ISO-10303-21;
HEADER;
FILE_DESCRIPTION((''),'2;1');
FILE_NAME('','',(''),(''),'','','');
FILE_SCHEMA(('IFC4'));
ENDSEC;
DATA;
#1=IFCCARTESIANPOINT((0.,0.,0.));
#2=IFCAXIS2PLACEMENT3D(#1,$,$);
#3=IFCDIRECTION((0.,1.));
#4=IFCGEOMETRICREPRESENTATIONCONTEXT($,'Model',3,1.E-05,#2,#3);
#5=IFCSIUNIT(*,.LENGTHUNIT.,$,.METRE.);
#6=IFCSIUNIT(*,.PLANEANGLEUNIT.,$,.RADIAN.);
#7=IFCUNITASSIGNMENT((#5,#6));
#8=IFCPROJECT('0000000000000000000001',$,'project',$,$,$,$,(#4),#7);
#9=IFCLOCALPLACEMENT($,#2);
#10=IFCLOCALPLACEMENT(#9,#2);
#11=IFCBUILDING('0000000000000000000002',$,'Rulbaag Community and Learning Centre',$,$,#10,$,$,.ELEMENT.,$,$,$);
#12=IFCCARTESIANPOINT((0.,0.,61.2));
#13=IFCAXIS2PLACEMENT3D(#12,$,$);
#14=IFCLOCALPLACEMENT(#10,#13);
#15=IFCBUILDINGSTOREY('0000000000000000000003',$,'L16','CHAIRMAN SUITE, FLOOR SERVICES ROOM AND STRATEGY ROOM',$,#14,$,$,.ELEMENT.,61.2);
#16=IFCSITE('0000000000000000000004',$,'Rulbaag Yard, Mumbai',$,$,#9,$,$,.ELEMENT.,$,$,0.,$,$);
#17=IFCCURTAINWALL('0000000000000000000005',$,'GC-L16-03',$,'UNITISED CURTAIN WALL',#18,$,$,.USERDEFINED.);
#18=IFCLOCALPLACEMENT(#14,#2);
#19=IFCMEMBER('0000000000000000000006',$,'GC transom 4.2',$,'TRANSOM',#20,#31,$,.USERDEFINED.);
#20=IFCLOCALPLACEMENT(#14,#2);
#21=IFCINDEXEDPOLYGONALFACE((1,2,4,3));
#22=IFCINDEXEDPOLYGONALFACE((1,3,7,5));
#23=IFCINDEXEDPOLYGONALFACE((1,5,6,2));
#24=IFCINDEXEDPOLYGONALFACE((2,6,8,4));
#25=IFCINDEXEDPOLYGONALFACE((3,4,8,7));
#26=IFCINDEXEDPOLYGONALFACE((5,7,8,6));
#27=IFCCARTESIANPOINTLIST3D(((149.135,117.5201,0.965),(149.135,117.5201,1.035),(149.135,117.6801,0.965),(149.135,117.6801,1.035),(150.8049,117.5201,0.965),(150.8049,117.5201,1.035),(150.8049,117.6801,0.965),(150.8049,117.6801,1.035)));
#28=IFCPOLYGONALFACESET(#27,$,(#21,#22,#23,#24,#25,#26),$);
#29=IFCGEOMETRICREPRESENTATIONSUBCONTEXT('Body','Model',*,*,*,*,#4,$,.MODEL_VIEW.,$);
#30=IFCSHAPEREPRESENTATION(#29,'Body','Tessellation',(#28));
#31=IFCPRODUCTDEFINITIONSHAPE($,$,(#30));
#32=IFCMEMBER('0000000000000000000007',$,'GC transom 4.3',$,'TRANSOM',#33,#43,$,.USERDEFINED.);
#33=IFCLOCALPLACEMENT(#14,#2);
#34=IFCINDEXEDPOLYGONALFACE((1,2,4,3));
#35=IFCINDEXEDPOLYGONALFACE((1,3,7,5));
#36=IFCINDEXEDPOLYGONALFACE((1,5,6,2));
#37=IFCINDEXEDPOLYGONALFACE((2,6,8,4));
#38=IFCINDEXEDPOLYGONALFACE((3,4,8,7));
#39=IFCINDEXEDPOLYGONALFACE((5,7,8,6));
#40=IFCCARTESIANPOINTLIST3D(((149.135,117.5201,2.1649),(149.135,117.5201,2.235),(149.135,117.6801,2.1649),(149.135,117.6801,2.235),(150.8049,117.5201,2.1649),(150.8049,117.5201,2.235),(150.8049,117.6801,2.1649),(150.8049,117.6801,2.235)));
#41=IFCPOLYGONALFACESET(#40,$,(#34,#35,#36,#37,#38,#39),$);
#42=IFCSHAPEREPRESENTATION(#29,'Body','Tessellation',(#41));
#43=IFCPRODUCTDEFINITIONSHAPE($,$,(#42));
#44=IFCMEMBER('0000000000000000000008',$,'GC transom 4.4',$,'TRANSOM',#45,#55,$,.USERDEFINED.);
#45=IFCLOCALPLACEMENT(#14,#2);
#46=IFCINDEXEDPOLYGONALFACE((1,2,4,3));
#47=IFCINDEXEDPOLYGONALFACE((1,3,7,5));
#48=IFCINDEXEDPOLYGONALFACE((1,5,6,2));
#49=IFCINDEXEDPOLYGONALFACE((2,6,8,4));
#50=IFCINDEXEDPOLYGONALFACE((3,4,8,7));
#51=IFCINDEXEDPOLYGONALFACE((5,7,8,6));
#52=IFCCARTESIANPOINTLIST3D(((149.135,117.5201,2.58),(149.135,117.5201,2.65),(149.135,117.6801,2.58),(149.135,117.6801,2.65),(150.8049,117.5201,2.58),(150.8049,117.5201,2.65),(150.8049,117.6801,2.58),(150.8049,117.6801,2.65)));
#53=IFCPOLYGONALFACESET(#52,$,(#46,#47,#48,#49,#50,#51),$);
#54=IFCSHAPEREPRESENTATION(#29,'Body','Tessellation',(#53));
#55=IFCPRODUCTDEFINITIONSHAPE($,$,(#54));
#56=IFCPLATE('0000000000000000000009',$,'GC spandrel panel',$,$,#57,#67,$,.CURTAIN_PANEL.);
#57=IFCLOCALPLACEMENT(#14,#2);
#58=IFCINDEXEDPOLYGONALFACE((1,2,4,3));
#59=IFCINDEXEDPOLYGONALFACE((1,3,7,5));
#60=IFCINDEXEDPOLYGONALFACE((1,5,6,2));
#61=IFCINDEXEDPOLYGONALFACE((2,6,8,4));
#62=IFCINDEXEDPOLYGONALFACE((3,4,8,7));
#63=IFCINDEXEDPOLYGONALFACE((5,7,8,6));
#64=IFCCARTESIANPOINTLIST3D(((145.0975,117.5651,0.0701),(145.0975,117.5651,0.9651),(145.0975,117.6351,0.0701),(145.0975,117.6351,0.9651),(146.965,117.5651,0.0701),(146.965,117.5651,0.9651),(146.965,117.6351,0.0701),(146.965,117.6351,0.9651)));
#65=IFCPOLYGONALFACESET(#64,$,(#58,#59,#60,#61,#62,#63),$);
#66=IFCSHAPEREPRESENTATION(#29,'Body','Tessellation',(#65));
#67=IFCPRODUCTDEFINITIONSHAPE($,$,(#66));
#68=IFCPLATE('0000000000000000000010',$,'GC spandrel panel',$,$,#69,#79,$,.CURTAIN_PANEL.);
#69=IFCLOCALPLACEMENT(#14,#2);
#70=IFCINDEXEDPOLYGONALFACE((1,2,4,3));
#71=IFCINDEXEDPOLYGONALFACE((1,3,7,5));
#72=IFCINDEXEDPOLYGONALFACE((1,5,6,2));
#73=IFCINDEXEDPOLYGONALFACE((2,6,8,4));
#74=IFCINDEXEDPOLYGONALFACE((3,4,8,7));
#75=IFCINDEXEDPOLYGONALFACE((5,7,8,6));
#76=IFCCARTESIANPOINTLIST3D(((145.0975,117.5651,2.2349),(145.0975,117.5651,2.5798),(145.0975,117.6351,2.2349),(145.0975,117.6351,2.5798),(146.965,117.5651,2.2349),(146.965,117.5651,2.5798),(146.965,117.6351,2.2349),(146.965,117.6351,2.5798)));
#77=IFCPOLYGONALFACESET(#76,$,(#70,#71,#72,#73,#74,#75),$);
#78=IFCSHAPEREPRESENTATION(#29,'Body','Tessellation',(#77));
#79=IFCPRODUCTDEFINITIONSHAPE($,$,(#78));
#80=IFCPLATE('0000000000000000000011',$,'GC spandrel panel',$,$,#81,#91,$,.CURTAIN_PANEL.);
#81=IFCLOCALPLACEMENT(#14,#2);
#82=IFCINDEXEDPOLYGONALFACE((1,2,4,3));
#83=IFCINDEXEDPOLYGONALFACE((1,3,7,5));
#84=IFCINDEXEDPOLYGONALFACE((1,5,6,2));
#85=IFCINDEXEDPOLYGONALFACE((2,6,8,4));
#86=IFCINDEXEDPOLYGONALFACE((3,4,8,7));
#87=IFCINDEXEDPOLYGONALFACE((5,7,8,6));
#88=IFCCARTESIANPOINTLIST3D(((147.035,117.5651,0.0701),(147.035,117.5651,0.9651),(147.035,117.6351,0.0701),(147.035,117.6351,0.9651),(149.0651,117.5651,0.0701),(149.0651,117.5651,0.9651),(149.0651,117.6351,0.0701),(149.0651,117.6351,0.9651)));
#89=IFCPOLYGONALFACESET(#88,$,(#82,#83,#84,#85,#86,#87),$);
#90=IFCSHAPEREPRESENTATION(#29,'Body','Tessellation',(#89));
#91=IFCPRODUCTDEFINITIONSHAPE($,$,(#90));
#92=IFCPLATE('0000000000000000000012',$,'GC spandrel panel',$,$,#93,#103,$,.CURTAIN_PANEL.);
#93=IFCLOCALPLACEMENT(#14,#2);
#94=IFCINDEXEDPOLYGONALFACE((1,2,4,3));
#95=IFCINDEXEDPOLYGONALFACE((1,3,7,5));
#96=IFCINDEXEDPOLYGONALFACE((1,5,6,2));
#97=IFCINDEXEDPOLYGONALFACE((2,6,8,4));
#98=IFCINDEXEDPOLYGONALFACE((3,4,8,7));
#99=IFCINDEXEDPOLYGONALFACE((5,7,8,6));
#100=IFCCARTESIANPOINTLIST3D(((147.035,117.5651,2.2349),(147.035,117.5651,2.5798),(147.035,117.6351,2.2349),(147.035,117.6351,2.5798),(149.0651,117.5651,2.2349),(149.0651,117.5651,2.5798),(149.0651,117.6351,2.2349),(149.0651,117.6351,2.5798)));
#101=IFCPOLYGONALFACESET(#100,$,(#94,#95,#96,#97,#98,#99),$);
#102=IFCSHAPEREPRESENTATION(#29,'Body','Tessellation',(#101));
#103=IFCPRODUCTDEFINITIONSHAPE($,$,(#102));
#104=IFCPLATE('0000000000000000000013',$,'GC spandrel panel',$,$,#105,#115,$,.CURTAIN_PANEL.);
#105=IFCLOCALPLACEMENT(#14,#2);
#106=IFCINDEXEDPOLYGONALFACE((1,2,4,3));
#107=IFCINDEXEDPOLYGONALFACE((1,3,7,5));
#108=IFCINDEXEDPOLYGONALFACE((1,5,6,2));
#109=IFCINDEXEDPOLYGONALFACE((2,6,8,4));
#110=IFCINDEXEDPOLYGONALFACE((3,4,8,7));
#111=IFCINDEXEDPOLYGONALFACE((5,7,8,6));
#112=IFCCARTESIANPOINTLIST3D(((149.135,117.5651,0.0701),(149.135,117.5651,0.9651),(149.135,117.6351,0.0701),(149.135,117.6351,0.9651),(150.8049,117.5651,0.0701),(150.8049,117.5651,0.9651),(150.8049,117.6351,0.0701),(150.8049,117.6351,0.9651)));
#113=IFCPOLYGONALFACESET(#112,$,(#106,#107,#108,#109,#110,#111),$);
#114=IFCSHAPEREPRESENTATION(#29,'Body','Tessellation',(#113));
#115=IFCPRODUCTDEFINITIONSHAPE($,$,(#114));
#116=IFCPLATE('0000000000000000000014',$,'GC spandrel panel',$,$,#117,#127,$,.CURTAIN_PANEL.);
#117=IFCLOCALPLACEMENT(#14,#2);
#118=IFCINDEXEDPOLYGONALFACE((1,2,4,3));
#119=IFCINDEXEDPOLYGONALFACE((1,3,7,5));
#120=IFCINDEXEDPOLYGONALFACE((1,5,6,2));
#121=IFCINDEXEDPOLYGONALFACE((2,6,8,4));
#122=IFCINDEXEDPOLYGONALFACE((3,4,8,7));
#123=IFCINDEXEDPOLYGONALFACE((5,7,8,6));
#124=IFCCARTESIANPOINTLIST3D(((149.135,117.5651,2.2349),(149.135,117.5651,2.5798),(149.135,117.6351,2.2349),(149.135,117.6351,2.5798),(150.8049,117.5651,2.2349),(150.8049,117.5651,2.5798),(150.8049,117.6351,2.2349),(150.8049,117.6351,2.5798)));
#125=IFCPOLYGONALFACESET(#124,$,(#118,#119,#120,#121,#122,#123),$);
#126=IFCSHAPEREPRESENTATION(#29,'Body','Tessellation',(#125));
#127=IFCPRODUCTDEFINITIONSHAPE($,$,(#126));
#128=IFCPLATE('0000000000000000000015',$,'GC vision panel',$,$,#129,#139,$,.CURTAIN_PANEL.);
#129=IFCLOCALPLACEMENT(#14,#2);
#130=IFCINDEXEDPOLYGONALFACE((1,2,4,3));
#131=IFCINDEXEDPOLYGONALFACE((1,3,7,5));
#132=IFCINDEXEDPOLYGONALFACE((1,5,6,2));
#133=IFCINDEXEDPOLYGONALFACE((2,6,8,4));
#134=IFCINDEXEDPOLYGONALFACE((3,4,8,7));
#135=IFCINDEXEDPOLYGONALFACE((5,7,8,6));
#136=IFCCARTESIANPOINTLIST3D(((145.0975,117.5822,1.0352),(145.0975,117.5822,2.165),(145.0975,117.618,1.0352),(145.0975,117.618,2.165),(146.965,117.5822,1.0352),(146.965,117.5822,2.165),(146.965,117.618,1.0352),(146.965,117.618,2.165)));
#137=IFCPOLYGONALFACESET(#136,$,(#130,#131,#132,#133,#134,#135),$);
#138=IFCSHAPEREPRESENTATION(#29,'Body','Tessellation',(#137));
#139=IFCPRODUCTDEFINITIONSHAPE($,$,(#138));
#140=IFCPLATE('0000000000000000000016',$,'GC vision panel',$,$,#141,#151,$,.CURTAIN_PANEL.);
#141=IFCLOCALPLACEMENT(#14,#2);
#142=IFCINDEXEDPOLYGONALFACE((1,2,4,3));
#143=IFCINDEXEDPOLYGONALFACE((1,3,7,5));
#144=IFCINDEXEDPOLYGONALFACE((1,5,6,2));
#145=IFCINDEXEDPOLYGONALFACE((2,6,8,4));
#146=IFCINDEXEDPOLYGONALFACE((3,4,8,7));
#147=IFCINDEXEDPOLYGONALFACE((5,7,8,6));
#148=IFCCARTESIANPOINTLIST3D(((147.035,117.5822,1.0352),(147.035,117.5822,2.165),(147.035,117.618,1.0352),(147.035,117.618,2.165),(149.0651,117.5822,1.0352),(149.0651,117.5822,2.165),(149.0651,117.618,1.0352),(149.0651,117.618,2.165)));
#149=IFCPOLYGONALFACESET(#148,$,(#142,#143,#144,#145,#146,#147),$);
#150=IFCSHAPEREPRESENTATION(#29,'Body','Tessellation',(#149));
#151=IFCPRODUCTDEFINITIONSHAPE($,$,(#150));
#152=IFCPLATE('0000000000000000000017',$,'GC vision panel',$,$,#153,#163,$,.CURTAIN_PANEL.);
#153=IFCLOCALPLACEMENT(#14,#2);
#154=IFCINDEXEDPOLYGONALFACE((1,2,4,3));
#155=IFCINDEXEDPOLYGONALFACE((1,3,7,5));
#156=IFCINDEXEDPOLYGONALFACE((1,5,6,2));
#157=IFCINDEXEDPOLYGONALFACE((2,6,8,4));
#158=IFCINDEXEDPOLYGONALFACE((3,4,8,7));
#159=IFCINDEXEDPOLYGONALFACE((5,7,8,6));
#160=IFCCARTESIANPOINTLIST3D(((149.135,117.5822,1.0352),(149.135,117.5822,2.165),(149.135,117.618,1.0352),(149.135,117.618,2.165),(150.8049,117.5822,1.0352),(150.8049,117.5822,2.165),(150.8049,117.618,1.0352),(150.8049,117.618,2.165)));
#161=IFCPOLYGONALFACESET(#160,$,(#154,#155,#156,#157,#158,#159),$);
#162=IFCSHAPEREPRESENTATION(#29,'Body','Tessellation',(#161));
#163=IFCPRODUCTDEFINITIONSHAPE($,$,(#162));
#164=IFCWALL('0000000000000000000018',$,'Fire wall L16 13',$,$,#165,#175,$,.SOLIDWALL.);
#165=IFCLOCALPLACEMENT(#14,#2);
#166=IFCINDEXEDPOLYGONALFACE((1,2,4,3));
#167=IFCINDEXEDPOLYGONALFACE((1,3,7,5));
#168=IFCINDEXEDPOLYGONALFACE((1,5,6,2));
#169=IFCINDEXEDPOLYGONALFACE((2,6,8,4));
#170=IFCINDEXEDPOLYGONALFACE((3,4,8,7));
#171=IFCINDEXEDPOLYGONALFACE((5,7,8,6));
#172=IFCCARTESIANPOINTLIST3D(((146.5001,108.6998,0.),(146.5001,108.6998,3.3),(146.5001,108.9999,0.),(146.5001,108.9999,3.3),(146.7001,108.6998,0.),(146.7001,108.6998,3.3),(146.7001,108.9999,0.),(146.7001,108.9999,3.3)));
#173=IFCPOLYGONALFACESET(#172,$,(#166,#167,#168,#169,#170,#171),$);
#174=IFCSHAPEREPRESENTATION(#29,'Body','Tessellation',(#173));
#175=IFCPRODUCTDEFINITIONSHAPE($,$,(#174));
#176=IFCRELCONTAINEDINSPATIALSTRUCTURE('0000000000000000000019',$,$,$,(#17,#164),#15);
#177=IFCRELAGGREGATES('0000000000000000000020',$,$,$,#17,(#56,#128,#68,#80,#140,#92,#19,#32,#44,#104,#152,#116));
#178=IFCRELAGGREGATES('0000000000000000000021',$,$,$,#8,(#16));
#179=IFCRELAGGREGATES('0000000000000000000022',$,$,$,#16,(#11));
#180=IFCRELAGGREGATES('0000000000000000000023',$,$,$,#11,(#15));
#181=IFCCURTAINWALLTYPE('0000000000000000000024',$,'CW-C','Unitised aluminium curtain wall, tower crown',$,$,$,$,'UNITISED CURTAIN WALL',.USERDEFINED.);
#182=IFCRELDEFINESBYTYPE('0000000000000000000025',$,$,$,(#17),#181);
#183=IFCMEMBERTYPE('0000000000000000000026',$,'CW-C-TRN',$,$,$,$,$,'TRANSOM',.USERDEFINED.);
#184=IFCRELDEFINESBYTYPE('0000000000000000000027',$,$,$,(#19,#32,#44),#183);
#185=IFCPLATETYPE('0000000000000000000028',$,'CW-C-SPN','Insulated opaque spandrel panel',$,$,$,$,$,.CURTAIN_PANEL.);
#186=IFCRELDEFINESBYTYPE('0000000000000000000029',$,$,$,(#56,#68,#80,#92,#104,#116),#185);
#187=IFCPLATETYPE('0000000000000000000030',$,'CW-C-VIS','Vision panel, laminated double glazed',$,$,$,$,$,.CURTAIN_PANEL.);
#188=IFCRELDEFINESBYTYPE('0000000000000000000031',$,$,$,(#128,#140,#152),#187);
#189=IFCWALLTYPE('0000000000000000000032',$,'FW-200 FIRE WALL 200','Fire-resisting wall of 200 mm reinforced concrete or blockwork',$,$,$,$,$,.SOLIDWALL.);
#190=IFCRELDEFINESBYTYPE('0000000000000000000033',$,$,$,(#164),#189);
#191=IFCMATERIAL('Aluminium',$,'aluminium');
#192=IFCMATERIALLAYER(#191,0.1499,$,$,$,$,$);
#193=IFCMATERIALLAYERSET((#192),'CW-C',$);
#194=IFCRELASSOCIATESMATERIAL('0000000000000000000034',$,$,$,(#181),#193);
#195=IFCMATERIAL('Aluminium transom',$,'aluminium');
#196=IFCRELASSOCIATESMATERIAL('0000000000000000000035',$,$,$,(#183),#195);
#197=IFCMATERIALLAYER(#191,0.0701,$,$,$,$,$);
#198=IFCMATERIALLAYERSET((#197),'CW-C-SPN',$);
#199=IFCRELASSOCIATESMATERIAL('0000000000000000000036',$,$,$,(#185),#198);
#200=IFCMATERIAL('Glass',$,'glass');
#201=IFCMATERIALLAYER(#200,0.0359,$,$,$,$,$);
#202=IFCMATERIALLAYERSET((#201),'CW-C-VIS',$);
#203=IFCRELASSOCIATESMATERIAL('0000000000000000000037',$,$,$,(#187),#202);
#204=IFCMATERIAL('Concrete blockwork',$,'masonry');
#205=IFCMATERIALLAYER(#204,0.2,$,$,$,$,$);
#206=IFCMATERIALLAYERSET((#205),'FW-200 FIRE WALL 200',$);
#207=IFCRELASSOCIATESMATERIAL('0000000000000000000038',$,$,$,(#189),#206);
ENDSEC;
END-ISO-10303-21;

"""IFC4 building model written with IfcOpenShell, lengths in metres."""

from ifc_helpers import new_model, si_unit, direction, frame, frame_2d, origin, origin_2d, place, context, subcontext, project, spatial, rectangle, extrude, material, layer, layer_set, material_profile, profile_set, type_object, element, aggregate, save


model = new_model("IFC4")

# Units and contexts
model_context = context("Model", 3, precision=1e-05, world=origin(), true_north=direction((0.0, 1.0)))
body_context = subcontext(model_context, "Body", "Model", "MODEL_VIEW")
ifc_project = project(units=[si_unit("LENGTHUNIT", "METRE"), si_unit("PLANEANGLEUNIT", "RADIAN")], contexts=[model_context])

# Site, building, storey
site_placement = place(None, origin())
site = spatial("IfcSite", under=ifc_project, at=site_placement, Name="Rulbaag Yard, Mumbai", CompositionType="ELEMENT", RefElevation=0.0)
building_placement = place(site_placement, origin())
building = spatial("IfcBuilding", under=site, at=building_placement, Name="Rulbaag Community and Learning Centre", CompositionType="ELEMENT")
storey_placement = place(building_placement, frame((0.0, 0.0, 61.2)))
storey = spatial("IfcBuildingStorey", under=building, at=storey_placement, Name="L16", Description="CHAIRMAN SUITE, FLOOR SERVICES ROOM AND STRATEGY ROOM", CompositionType="ELEMENT", Elevation=61.2)

# Curtain wall, members, plates
ifc_material_1 = material(Name="Aluminium", Category="aluminium")
ifc_layer_1 = layer(ifc_material_1, 0.1499)
ifc_layer_set_1 = layer_set([ifc_layer_1], Name="CW-C")
curtain_wall_type = type_object("IfcCurtainWallType", Name="CW-C", Description="Unitised aluminium curtain wall, tower crown", ElementType="UNITISED CURTAIN WALL", PredefinedType="USERDEFINED", material=ifc_layer_set_1)
curtain_wall_placement = place(storey_placement, origin())
curtain_wall = element("IfcCurtainWall", 1, at=curtain_wall_placement, inside=storey, type_object=curtain_wall_type, Name="GC-L16-03", ObjectType="UNITISED CURTAIN WALL", PredefinedType="USERDEFINED")
ifc_material_2 = material(Name="Aluminium transom", Category="aluminium")
ifc_material_profile_1 = material_profile(ifc_material_2, rectangle(XDim=0.1599, YDim=0.0701, at=origin_2d()), Name="AL 70x160 T")
ifc_profile_set_1 = profile_set([ifc_material_profile_1], Name="Aluminium transom")
member_type_1 = type_object("IfcMemberType", Name="CW-C-TRN", ElementType="TRANSOM", PredefinedType="USERDEFINED", material=ifc_profile_set_1)
member_1_placement = place(storey_placement, frame((149.135, 117.6001, 1.0), z_axis=(1.0, 0.0, 0.0), x_axis=(0.0, 1.0, 0.0)))
member_1 = element("IfcMember", 2, at=member_1_placement, type_object=member_type_1, Name="GC transom 4.2", ObjectType="TRANSOM", PredefinedType="USERDEFINED", context=body_context, shape_type="SweptSolid", body=[
    extrude(rectangle(XDim=0.1599, YDim=0.0701, at=origin_2d()), origin(), (0.0, 0.0, 1.0), 1.6699),
])
member_2_placement = place(storey_placement, frame((149.135, 117.6001, 2.2), z_axis=(1.0, 0.0, 0.0), x_axis=(0.0, 1.0, 0.0)))
member_2 = element("IfcMember", 3, at=member_2_placement, type_object=member_type_1, Name="GC transom 4.3", ObjectType="TRANSOM", PredefinedType="USERDEFINED", context=body_context, shape_type="SweptSolid", body=[
    extrude(rectangle(XDim=0.1599, YDim=0.0701, at=origin_2d()), origin(), (0.0, 0.0, 1.0), 1.6699),
])
member_3_placement = place(storey_placement, frame((149.135, 117.6001, 2.615), z_axis=(1.0, 0.0, 0.0), x_axis=(0.0, 1.0, 0.0)))
member_3 = element("IfcMember", 4, at=member_3_placement, type_object=member_type_1, Name="GC transom 4.4", ObjectType="TRANSOM", PredefinedType="USERDEFINED", context=body_context, shape_type="SweptSolid", body=[
    extrude(rectangle(XDim=0.1599, YDim=0.0701, at=origin_2d()), origin(), (0.0, 0.0, 1.0), 1.6699),
])
ifc_layer_2 = layer(ifc_material_1, 0.0701)
ifc_layer_set_2 = layer_set([ifc_layer_2], Name="CW-C-SPN")
plate_type_1 = type_object("IfcPlateType", Name="CW-C-SPN", Description="Insulated opaque spandrel panel", PredefinedType="CURTAIN_PANEL", material=ifc_layer_set_2)
plate_1_placement = place(storey_placement, frame((146.0312, 117.6001, 0.0701), z_axis=(0.0, 0.0, 1.0), x_axis=(1.0, 0.0, 0.0)))
plate_1 = element("IfcPlate", 5, at=plate_1_placement, type_object=plate_type_1, Name="GC spandrel panel", PredefinedType="CURTAIN_PANEL", context=body_context, shape_type="SweptSolid", body=[
    extrude(rectangle(XDim=1.8674, YDim=0.0701, at=origin_2d()), origin(), (0.0, 0.0, 1.0), 0.895),
])
plate_2_placement = place(storey_placement, frame((146.0312, 117.6001, 2.2349), z_axis=(0.0, 0.0, 1.0), x_axis=(1.0, 0.0, 0.0)))
plate_2 = element("IfcPlate", 6, at=plate_2_placement, type_object=plate_type_1, Name="GC spandrel panel", PredefinedType="CURTAIN_PANEL", context=body_context, shape_type="SweptSolid", body=[
    extrude(rectangle(XDim=1.8674, YDim=0.0701, at=origin_2d()), origin(), (0.0, 0.0, 1.0), 0.345),
])
plate_3_placement = place(storey_placement, frame((148.05, 117.6001, 0.0701), z_axis=(0.0, 0.0, 1.0), x_axis=(1.0, 0.0, 0.0)))
plate_3 = element("IfcPlate", 7, at=plate_3_placement, type_object=plate_type_1, Name="GC spandrel panel", PredefinedType="CURTAIN_PANEL", context=body_context, shape_type="SweptSolid", body=[
    extrude(rectangle(XDim=2.03, YDim=0.0701, at=origin_2d()), origin(), (0.0, 0.0, 1.0), 0.895),
])
plate_4_placement = place(storey_placement, frame((148.05, 117.6001, 2.2349), z_axis=(0.0, 0.0, 1.0), x_axis=(1.0, 0.0, 0.0)))
plate_4 = element("IfcPlate", 8, at=plate_4_placement, type_object=plate_type_1, Name="GC spandrel panel", PredefinedType="CURTAIN_PANEL", context=body_context, shape_type="SweptSolid", body=[
    extrude(rectangle(XDim=2.03, YDim=0.0701, at=origin_2d()), origin(), (0.0, 0.0, 1.0), 0.345),
])
plate_5_placement = place(storey_placement, frame((149.97, 117.6001, 0.0701), z_axis=(0.0, 0.0, 1.0), x_axis=(1.0, 0.0, 0.0)))
plate_5 = element("IfcPlate", 9, at=plate_5_placement, type_object=plate_type_1, Name="GC spandrel panel", PredefinedType="CURTAIN_PANEL", context=body_context, shape_type="SweptSolid", body=[
    extrude(rectangle(XDim=1.6699, YDim=0.0701, at=origin_2d()), origin(), (0.0, 0.0, 1.0), 0.895),
])
plate_6_placement = place(storey_placement, frame((149.97, 117.6001, 2.2349), z_axis=(0.0, 0.0, 1.0), x_axis=(1.0, 0.0, 0.0)))
plate_6 = element("IfcPlate", 10, at=plate_6_placement, type_object=plate_type_1, Name="GC spandrel panel", PredefinedType="CURTAIN_PANEL", context=body_context, shape_type="SweptSolid", body=[
    extrude(rectangle(XDim=1.6699, YDim=0.0701, at=origin_2d()), origin(), (0.0, 0.0, 1.0), 0.345),
])
ifc_material_3 = material(Name="Glass", Category="glass")
ifc_layer_3 = layer(ifc_material_3, 0.0359)
ifc_layer_set_3 = layer_set([ifc_layer_3], Name="CW-C-VIS")
plate_type_2 = type_object("IfcPlateType", Name="CW-C-VIS", Description="Vision panel, laminated double glazed", PredefinedType="CURTAIN_PANEL", material=ifc_layer_set_3)
plate_7_placement = place(storey_placement, frame((146.0312, 117.6001, 1.0352), z_axis=(0.0, 0.0, 1.0), x_axis=(1.0, 0.0, 0.0)))
plate_7 = element("IfcPlate", 11, at=plate_7_placement, type_object=plate_type_2, Name="GC vision panel", PredefinedType="CURTAIN_PANEL", context=body_context, shape_type="SweptSolid", body=[
    extrude(rectangle(XDim=1.8674, YDim=0.0359, at=origin_2d()), origin(), (0.0, 0.0, 1.0), 1.1299),
])
plate_8_placement = place(storey_placement, frame((148.05, 117.6001, 1.0352), z_axis=(0.0, 0.0, 1.0), x_axis=(1.0, 0.0, 0.0)))
plate_8 = element("IfcPlate", 12, at=plate_8_placement, type_object=plate_type_2, Name="GC vision panel", PredefinedType="CURTAIN_PANEL", context=body_context, shape_type="SweptSolid", body=[
    extrude(rectangle(XDim=2.03, YDim=0.0359, at=origin_2d()), origin(), (0.0, 0.0, 1.0), 1.1299),
])
plate_9_placement = place(storey_placement, frame((149.97, 117.6001, 1.0352), z_axis=(0.0, 0.0, 1.0), x_axis=(1.0, 0.0, 0.0)))
plate_9 = element("IfcPlate", 13, at=plate_9_placement, type_object=plate_type_2, Name="GC vision panel", PredefinedType="CURTAIN_PANEL", context=body_context, shape_type="SweptSolid", body=[
    extrude(rectangle(XDim=1.6699, YDim=0.0359, at=origin_2d()), origin(), (0.0, 0.0, 1.0), 1.1299),
])
aggregate(curtain_wall, [plate_1, plate_7, plate_2, plate_3, plate_8, plate_4, member_1, member_2, member_3, plate_5, plate_9, plate_6])

# Wall
ifc_material_4 = material(Name="Concrete blockwork", Category="masonry")
ifc_layer_4 = layer(ifc_material_4, 0.2)
ifc_layer_set_4 = layer_set([ifc_layer_4], Name="FW-200 FIRE WALL 200")
wall_type_1 = type_object("IfcWallType", Name="FW-200 FIRE WALL 200", Description="Fire-resisting wall of 200 mm reinforced concrete or blockwork", PredefinedType="SOLIDWALL", material=ifc_layer_set_4)
wall_1_placement = place(storey_placement, frame((146.6001, 108.7, 0.0), z_axis=(0.0, 0.0, 1.0), x_axis=(0.0, 1.0, 0.0)))
element("IfcWall", 14, at=wall_1_placement, inside=storey, type_object=wall_type_1, Name="Fire wall L16 13", PredefinedType="SOLIDWALL", context=body_context, shape_type="SweptSolid", body=[
    extrude(rectangle(XDim=0.3, YDim=0.2, at=frame_2d((0.1499, 0.0))), origin(), (0.0, 0.0, 1.0), 3.3),
])

save(model, "model.ifc")
